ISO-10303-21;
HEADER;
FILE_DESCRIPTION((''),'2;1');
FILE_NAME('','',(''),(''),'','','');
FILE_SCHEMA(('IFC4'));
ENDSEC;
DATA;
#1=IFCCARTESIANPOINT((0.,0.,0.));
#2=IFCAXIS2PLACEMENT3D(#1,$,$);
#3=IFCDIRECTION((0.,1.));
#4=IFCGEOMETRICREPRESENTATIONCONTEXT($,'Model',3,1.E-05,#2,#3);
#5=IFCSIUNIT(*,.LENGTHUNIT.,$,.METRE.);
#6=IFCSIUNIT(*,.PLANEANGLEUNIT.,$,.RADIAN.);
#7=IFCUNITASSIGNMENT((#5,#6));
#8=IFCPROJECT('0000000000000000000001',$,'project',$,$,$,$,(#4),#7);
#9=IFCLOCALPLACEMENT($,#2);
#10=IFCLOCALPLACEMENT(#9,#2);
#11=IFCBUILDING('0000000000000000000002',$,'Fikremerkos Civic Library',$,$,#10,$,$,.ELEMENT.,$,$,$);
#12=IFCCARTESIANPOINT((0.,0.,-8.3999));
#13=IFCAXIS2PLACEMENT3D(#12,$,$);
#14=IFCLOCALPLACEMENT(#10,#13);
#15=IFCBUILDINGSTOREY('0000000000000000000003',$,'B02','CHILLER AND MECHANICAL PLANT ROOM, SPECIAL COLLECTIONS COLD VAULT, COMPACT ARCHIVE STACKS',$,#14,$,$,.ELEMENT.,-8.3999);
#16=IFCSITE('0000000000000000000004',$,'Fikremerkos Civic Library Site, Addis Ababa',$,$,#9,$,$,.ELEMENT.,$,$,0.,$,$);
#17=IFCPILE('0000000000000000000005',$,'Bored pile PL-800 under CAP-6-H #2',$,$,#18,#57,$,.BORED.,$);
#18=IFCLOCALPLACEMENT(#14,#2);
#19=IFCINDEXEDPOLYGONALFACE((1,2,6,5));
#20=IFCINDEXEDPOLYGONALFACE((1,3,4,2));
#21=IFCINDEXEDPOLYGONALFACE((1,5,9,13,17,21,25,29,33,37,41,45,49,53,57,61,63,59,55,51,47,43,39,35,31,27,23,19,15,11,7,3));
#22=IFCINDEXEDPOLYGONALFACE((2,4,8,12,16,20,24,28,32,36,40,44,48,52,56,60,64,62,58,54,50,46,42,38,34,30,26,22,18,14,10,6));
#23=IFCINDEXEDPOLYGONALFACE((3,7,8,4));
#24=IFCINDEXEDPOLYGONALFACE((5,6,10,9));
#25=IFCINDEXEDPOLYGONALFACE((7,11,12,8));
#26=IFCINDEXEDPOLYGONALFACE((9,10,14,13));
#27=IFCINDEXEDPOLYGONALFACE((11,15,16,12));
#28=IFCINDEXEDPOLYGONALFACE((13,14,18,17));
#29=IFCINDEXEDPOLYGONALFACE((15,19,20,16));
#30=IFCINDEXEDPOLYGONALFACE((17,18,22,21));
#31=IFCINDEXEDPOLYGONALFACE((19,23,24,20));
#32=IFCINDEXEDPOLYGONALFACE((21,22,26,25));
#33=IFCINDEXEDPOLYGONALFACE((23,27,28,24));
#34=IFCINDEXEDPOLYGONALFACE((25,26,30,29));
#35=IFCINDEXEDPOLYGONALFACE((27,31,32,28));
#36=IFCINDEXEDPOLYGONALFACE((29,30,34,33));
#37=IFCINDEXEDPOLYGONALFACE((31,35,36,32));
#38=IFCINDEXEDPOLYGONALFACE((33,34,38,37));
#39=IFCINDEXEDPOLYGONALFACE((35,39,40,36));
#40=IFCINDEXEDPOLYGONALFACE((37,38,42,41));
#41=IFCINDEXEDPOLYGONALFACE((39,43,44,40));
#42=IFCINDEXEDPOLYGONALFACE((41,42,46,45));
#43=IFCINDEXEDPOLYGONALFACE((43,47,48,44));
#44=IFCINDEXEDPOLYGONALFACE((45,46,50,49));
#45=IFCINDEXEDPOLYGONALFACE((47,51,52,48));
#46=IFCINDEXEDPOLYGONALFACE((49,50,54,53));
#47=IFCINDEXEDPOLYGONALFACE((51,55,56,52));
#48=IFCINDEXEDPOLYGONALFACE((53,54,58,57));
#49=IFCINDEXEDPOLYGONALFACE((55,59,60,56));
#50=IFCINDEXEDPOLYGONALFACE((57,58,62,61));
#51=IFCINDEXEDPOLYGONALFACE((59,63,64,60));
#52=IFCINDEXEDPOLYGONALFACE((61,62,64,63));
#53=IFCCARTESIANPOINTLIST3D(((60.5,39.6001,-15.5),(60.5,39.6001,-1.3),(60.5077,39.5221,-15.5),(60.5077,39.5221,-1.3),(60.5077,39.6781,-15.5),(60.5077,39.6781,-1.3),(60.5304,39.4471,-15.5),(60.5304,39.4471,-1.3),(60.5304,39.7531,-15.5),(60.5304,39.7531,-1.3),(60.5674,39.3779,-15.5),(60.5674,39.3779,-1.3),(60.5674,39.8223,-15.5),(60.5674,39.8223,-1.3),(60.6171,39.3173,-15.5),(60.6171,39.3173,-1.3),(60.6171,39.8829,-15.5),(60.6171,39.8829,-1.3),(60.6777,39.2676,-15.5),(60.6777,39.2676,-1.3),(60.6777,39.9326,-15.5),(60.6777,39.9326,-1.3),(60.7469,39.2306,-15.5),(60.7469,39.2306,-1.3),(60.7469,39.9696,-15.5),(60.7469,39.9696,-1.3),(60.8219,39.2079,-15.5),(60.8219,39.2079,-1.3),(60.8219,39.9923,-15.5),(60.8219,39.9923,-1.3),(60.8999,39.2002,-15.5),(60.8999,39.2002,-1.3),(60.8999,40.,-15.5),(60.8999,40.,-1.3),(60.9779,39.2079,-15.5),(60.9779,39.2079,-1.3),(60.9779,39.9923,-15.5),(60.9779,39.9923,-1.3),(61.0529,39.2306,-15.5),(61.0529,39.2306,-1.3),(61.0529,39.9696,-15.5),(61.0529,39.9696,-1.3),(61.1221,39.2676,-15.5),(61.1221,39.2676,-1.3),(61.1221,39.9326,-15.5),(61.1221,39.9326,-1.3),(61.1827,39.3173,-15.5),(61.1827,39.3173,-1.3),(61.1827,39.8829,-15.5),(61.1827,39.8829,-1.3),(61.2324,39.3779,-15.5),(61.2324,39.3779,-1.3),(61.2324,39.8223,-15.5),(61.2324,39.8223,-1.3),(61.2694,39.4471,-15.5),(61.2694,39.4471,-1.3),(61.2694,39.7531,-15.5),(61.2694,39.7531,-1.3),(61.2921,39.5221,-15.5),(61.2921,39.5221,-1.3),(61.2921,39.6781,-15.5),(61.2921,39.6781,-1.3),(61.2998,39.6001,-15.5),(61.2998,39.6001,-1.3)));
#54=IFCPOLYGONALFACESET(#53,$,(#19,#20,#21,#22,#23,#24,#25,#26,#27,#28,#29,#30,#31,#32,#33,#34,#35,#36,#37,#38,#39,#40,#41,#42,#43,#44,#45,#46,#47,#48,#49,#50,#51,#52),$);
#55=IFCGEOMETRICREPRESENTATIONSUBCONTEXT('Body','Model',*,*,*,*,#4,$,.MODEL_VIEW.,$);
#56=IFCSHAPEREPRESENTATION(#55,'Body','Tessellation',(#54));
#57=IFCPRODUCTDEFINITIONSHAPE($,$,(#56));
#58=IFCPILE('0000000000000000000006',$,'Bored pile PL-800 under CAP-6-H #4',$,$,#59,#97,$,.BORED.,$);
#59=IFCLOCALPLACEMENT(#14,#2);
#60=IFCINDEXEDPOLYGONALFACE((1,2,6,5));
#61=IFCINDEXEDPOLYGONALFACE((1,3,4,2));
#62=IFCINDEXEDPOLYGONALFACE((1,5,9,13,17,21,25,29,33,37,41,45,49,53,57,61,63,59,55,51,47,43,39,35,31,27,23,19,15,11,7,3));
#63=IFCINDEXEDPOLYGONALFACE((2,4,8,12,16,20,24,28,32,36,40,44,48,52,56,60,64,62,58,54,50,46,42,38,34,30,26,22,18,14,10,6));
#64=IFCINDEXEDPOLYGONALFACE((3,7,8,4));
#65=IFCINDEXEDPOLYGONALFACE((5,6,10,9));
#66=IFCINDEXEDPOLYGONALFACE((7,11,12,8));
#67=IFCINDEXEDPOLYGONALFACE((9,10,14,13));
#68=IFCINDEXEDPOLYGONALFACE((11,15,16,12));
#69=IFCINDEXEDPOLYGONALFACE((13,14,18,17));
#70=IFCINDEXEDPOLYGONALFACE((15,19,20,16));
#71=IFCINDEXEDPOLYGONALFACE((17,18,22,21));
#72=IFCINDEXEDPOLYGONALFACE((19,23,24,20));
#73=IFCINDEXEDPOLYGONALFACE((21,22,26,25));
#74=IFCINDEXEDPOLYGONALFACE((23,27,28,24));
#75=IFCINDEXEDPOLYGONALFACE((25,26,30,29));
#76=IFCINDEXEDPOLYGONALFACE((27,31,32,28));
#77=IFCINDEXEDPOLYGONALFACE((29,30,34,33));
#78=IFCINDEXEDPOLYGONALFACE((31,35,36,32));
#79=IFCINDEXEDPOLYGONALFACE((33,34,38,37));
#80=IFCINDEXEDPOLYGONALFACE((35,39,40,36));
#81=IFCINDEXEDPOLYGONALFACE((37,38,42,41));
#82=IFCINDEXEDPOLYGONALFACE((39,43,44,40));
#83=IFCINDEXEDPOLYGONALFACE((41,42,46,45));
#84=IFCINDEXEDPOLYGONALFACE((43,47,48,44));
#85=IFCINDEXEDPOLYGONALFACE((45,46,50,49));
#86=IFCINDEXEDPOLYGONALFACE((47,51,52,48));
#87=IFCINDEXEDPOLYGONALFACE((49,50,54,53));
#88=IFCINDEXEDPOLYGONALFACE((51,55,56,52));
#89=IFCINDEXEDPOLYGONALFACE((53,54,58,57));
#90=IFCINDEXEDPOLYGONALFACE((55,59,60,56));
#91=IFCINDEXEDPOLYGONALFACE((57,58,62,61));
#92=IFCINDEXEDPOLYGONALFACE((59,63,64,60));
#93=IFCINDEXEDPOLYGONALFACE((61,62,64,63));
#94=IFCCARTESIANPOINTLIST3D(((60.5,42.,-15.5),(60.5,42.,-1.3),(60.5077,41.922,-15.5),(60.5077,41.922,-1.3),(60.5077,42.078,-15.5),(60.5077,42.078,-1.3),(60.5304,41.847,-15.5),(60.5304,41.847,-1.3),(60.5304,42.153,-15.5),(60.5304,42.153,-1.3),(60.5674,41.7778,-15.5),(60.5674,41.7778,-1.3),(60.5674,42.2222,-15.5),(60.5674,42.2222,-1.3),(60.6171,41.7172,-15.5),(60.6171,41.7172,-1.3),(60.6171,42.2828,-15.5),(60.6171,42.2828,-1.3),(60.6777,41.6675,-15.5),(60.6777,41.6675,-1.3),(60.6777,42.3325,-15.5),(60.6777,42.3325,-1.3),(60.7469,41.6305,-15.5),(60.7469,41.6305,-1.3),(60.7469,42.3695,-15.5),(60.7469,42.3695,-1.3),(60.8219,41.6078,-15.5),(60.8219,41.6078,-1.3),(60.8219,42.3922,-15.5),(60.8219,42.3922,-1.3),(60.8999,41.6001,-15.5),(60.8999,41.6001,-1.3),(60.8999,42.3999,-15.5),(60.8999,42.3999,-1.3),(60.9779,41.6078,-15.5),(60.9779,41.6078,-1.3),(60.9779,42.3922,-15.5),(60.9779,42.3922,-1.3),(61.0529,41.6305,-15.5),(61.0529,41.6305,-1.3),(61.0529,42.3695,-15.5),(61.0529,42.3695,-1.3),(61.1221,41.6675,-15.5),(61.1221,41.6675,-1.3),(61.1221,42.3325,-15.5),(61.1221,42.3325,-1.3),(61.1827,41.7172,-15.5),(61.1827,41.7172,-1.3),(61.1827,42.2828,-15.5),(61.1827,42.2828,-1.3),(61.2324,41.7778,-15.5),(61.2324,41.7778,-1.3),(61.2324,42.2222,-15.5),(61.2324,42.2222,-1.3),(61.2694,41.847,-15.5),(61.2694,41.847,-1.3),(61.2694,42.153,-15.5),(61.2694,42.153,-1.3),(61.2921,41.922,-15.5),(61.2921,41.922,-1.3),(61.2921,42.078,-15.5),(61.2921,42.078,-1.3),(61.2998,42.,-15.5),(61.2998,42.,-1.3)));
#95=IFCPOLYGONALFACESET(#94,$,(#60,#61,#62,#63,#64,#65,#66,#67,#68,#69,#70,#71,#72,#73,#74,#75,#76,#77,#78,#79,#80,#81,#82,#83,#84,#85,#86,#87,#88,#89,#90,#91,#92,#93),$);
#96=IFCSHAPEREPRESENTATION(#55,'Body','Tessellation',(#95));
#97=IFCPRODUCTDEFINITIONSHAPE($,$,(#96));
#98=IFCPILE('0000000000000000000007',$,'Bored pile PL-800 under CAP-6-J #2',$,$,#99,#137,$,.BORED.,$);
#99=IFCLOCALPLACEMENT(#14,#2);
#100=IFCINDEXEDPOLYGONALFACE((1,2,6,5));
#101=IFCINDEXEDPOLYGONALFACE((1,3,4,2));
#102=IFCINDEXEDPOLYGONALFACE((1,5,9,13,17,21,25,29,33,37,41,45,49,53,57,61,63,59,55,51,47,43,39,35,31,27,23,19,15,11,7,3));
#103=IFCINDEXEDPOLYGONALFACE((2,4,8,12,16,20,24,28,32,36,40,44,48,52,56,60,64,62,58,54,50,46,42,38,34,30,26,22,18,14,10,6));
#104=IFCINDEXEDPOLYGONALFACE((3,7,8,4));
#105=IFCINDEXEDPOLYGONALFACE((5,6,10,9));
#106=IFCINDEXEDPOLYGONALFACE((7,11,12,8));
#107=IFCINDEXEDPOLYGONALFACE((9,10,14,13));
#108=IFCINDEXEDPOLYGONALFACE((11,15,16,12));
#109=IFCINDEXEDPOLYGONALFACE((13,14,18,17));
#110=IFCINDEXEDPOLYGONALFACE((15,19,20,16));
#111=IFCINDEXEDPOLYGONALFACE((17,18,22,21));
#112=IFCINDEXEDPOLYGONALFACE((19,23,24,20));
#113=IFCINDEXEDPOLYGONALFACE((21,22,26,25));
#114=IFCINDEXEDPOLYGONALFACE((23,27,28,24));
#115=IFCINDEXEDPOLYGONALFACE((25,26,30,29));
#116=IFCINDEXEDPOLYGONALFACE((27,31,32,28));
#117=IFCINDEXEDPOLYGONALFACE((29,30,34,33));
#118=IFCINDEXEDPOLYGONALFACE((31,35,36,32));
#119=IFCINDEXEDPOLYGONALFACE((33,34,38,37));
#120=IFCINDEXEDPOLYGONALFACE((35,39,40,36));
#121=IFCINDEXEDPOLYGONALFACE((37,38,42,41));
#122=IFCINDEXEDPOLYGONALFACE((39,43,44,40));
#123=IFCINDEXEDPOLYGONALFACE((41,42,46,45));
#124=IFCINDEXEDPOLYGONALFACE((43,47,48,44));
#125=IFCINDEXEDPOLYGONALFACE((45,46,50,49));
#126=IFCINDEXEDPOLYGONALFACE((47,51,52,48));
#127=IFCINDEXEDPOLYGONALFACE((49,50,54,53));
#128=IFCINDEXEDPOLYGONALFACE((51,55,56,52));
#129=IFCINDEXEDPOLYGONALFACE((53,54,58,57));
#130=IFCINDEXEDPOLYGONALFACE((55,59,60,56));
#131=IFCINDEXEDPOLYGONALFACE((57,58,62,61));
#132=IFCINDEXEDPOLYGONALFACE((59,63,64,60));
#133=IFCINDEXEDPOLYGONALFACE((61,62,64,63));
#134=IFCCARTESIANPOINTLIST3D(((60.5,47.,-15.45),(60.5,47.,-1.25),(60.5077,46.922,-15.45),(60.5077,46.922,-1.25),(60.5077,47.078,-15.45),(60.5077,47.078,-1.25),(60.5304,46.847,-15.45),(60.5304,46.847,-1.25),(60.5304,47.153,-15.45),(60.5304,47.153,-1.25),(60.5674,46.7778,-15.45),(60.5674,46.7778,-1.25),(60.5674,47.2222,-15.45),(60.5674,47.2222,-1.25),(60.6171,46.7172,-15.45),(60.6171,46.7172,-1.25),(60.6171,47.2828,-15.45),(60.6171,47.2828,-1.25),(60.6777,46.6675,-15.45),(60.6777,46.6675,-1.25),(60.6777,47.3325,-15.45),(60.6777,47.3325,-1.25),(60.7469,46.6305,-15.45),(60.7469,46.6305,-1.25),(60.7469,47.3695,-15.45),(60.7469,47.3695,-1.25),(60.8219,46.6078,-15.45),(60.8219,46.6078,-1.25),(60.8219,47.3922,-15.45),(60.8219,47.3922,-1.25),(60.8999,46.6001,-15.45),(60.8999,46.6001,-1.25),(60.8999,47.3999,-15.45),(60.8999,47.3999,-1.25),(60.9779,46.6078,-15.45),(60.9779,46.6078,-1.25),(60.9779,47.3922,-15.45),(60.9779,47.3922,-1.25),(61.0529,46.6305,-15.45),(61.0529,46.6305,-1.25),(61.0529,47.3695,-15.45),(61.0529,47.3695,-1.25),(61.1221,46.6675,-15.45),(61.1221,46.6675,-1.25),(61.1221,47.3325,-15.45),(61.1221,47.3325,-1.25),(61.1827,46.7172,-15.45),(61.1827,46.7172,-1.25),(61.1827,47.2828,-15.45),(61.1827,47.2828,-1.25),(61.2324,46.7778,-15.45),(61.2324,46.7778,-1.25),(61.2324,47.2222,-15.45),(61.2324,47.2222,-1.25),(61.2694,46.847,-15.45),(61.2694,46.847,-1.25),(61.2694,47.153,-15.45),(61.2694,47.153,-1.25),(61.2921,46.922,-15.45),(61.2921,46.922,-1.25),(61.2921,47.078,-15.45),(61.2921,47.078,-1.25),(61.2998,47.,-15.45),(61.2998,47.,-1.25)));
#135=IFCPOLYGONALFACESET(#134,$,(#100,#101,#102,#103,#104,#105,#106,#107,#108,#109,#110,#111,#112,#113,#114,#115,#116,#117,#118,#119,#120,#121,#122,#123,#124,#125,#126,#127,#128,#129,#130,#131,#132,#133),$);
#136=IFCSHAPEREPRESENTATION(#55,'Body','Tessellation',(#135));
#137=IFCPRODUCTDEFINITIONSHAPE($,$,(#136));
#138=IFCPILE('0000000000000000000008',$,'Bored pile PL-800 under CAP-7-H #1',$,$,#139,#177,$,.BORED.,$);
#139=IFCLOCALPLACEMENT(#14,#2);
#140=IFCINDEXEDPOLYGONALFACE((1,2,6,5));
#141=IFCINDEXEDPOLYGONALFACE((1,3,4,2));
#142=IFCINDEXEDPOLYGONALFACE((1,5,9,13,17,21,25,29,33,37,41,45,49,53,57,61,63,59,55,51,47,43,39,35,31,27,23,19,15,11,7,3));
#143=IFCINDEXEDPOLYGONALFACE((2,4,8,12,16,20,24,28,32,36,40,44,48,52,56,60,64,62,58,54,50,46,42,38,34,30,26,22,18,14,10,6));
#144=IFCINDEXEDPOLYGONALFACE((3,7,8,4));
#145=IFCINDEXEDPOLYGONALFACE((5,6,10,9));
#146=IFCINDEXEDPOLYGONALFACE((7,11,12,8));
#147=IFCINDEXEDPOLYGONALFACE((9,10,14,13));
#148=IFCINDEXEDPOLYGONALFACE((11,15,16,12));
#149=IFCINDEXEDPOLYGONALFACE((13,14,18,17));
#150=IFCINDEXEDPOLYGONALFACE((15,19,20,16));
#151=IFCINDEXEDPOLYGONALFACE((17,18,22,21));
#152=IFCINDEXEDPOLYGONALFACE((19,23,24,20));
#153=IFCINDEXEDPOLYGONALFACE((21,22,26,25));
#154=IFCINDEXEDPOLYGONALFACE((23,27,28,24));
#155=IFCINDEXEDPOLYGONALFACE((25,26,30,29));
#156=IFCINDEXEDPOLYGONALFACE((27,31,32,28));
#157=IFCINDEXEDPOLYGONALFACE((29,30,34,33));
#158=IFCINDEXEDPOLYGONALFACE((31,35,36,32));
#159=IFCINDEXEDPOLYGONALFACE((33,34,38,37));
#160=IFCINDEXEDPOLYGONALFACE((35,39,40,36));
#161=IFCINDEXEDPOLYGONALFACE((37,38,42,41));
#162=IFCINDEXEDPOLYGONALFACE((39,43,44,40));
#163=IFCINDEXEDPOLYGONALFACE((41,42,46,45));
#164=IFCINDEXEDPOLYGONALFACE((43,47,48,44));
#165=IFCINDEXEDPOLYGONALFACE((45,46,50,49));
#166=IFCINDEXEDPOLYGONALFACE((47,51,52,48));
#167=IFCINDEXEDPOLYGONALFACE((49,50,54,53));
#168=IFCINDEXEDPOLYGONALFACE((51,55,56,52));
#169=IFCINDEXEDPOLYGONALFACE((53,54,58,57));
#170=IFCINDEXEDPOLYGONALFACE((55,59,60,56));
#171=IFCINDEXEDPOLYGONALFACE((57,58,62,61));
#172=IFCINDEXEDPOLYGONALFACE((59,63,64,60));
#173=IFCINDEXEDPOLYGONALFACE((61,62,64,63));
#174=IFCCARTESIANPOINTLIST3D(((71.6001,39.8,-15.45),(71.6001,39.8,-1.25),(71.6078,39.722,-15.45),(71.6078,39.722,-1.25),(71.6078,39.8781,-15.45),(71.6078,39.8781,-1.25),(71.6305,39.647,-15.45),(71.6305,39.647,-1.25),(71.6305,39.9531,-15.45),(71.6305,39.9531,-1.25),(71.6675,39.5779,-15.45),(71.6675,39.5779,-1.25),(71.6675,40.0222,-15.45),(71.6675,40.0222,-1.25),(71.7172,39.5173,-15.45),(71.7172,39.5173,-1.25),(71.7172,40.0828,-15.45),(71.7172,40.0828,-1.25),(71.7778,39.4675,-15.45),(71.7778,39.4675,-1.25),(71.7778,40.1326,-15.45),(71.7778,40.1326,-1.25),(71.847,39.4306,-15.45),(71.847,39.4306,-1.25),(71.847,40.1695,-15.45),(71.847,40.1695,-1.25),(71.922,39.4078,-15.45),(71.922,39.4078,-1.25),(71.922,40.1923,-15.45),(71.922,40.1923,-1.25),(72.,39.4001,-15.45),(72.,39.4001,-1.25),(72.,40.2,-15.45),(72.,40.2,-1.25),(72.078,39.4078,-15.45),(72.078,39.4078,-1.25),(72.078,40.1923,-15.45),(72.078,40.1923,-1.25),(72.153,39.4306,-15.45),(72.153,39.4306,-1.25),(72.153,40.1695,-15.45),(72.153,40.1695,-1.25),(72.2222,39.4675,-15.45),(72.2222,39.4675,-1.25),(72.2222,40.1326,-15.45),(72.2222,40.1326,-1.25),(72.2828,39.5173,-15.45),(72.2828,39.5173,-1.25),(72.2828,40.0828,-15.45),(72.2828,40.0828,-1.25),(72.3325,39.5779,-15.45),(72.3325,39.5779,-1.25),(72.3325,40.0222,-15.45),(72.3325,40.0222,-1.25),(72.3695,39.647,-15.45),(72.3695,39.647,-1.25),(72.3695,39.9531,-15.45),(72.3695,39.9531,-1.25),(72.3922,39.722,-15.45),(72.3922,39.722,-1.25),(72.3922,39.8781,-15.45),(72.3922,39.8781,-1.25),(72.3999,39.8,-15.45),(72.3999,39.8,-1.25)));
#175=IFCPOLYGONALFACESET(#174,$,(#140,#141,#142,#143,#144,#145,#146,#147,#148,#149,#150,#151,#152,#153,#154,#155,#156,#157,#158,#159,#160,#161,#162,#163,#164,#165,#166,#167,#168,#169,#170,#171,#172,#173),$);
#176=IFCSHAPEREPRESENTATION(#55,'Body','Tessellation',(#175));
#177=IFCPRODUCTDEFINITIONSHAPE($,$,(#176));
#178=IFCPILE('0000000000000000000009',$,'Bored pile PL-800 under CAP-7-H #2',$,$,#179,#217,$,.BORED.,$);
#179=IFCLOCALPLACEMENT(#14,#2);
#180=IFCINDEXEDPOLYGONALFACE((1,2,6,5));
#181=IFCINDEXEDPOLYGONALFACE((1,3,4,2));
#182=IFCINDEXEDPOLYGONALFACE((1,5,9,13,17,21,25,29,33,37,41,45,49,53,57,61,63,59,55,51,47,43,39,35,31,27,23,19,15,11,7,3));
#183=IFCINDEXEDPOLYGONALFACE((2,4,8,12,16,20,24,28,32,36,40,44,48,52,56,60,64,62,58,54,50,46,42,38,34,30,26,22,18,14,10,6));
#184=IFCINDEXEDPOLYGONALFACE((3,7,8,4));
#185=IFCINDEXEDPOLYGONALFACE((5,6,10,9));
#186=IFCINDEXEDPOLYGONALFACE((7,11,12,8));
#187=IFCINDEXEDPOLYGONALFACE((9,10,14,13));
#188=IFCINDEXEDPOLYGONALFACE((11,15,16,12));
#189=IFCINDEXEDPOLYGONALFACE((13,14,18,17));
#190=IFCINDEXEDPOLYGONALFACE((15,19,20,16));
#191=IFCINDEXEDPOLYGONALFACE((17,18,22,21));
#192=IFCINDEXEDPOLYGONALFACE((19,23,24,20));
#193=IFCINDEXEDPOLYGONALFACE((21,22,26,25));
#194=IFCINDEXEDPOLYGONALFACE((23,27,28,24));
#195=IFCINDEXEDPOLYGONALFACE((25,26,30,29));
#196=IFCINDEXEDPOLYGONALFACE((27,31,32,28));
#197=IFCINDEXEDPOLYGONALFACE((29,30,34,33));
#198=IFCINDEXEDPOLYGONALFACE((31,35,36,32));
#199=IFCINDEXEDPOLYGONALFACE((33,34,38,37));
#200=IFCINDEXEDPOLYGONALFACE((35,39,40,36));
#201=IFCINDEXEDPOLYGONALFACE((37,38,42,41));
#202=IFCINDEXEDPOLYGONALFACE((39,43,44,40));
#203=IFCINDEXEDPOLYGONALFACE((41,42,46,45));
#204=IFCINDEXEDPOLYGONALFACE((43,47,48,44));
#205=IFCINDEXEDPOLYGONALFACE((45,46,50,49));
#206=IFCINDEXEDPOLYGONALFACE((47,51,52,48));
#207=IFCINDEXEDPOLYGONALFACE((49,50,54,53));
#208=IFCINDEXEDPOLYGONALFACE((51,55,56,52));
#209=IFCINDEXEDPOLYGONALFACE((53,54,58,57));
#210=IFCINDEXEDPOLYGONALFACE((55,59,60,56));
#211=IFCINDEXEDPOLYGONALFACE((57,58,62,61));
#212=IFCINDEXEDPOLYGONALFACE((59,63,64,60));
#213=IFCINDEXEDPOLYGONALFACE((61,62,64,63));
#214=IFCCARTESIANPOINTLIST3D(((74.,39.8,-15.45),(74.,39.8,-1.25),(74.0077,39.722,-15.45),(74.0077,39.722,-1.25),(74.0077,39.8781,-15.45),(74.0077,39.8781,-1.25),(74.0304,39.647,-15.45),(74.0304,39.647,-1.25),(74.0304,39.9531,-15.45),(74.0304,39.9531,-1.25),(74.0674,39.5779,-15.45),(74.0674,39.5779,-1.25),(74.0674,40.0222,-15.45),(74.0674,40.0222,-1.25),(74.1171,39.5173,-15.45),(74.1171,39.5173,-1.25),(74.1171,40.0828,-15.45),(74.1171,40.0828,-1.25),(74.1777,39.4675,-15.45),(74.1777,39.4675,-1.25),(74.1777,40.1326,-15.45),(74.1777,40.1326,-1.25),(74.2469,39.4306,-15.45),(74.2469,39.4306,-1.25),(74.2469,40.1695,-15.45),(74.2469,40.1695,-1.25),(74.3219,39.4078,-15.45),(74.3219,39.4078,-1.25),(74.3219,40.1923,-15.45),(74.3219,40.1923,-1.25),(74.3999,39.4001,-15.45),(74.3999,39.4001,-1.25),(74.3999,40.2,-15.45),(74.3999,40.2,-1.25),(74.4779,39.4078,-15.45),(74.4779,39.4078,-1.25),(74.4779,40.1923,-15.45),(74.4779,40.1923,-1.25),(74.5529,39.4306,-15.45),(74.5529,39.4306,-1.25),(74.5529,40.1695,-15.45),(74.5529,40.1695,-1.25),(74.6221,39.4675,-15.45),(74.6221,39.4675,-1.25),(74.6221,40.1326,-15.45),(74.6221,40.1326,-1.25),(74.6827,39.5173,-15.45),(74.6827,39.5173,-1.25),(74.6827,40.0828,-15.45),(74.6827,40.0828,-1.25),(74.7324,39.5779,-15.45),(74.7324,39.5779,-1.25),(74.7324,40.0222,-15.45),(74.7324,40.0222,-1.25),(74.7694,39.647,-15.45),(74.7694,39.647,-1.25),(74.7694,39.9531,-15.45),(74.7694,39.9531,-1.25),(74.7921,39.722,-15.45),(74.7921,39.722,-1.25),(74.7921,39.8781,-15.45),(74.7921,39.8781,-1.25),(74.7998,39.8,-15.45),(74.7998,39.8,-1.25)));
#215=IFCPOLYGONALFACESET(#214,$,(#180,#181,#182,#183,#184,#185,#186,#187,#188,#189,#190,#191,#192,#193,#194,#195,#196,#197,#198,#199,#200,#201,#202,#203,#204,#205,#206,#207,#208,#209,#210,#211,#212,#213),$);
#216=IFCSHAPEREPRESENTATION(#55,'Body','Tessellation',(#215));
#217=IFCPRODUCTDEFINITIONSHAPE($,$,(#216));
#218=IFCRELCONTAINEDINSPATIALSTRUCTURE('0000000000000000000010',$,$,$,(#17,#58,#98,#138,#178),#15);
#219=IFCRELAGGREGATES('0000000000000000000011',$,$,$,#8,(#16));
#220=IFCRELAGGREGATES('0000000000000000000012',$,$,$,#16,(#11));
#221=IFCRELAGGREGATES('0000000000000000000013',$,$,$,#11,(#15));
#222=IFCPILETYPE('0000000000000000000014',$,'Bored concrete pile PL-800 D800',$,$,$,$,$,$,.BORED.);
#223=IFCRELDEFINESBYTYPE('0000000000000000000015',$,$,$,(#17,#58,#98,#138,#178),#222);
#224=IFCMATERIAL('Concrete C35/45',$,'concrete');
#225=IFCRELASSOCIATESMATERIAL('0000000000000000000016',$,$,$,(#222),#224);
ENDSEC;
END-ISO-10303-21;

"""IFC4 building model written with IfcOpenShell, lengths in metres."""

from ifc_helpers import new_model, si_unit, direction, frame, origin, origin_2d, place, context, subcontext, project, spatial, circle, extrude, material, material_profile, profile_set, type_object, element, save


model = new_model("IFC4")

# Units and contexts
model_context = context("Model", 3, precision=1e-05, world=origin(), true_north=direction((0.0, 1.0)))
body_context = subcontext(model_context, "Body", "Model", "MODEL_VIEW")
ifc_project = project(units=[si_unit("LENGTHUNIT", "METRE"), si_unit("PLANEANGLEUNIT", "RADIAN")], contexts=[model_context])

# Site, building, storey
site_placement = place(None, origin())
site = spatial("IfcSite", under=ifc_project, at=site_placement, Name="Fikremerkos Civic Library Site, Addis Ababa", CompositionType="ELEMENT", RefElevation=0.0)
building_placement = place(site_placement, origin())
building = spatial("IfcBuilding", under=site, at=building_placement, Name="Fikremerkos Civic Library", CompositionType="ELEMENT")
storey_placement = place(building_placement, frame((0.0, 0.0, -8.3999)))
storey = spatial("IfcBuildingStorey", under=building, at=storey_placement, Name="B02", Description="CHILLER AND MECHANICAL PLANT ROOM, SPECIAL COLLECTIONS COLD VAULT, COMPACT ARCHIVE STACKS", CompositionType="ELEMENT", Elevation=-8.3999)

# Piles
ifc_material_1 = material(Name="Concrete C35/45", Category="concrete")
ifc_material_profile_1 = material_profile(ifc_material_1, circle(Radius=0.3999, at=origin_2d()), Name="BORED PILE 800")
ifc_profile_set_1 = profile_set([ifc_material_profile_1], Name="Concrete C35/45")
pile_type_1 = type_object("IfcPileType", Name="Bored concrete pile PL-800 D800", PredefinedType="BORED", material=ifc_profile_set_1)
for number, where, z_axis, x_axis, name in (
    (1, (60.8999, 39.6001, -1.3), (0.0, 0.0, -1.0), (1.0, 0.0, 0.0), "Bored pile PL-800 under CAP-6-H #2"),
    (2, (60.8999, 42.0, -1.3), (0.0, 0.0, -1.0), (1.0, 0.0, 0.0), "Bored pile PL-800 under CAP-6-H #4"),
    (3, (60.8999, 47.0, -1.25), (0.0, 0.0, -1.0), (1.0, 0.0, 0.0), "Bored pile PL-800 under CAP-6-J #2"),
    (4, (72.0, 39.8, -1.25), (0.0, 0.0, -1.0), (1.0, 0.0, 0.0), "Bored pile PL-800 under CAP-7-H #1"),
    (5, (74.3999, 39.8, -1.25), (0.0, 0.0, -1.0), (1.0, 0.0, 0.0), "Bored pile PL-800 under CAP-7-H #2"),
):
    element("IfcPile", number, at=place(storey_placement, frame(where, z_axis=z_axis, x_axis=x_axis)), inside=storey, type_object=pile_type_1, Name=name, PredefinedType="BORED", context=body_context, shape_type="SweptSolid", body=[
        extrude(circle(Radius=0.3999, at=origin_2d()), origin(), (0.0, 0.0, 1.0), 14.2),
    ])

save(model, "model.ifc")
